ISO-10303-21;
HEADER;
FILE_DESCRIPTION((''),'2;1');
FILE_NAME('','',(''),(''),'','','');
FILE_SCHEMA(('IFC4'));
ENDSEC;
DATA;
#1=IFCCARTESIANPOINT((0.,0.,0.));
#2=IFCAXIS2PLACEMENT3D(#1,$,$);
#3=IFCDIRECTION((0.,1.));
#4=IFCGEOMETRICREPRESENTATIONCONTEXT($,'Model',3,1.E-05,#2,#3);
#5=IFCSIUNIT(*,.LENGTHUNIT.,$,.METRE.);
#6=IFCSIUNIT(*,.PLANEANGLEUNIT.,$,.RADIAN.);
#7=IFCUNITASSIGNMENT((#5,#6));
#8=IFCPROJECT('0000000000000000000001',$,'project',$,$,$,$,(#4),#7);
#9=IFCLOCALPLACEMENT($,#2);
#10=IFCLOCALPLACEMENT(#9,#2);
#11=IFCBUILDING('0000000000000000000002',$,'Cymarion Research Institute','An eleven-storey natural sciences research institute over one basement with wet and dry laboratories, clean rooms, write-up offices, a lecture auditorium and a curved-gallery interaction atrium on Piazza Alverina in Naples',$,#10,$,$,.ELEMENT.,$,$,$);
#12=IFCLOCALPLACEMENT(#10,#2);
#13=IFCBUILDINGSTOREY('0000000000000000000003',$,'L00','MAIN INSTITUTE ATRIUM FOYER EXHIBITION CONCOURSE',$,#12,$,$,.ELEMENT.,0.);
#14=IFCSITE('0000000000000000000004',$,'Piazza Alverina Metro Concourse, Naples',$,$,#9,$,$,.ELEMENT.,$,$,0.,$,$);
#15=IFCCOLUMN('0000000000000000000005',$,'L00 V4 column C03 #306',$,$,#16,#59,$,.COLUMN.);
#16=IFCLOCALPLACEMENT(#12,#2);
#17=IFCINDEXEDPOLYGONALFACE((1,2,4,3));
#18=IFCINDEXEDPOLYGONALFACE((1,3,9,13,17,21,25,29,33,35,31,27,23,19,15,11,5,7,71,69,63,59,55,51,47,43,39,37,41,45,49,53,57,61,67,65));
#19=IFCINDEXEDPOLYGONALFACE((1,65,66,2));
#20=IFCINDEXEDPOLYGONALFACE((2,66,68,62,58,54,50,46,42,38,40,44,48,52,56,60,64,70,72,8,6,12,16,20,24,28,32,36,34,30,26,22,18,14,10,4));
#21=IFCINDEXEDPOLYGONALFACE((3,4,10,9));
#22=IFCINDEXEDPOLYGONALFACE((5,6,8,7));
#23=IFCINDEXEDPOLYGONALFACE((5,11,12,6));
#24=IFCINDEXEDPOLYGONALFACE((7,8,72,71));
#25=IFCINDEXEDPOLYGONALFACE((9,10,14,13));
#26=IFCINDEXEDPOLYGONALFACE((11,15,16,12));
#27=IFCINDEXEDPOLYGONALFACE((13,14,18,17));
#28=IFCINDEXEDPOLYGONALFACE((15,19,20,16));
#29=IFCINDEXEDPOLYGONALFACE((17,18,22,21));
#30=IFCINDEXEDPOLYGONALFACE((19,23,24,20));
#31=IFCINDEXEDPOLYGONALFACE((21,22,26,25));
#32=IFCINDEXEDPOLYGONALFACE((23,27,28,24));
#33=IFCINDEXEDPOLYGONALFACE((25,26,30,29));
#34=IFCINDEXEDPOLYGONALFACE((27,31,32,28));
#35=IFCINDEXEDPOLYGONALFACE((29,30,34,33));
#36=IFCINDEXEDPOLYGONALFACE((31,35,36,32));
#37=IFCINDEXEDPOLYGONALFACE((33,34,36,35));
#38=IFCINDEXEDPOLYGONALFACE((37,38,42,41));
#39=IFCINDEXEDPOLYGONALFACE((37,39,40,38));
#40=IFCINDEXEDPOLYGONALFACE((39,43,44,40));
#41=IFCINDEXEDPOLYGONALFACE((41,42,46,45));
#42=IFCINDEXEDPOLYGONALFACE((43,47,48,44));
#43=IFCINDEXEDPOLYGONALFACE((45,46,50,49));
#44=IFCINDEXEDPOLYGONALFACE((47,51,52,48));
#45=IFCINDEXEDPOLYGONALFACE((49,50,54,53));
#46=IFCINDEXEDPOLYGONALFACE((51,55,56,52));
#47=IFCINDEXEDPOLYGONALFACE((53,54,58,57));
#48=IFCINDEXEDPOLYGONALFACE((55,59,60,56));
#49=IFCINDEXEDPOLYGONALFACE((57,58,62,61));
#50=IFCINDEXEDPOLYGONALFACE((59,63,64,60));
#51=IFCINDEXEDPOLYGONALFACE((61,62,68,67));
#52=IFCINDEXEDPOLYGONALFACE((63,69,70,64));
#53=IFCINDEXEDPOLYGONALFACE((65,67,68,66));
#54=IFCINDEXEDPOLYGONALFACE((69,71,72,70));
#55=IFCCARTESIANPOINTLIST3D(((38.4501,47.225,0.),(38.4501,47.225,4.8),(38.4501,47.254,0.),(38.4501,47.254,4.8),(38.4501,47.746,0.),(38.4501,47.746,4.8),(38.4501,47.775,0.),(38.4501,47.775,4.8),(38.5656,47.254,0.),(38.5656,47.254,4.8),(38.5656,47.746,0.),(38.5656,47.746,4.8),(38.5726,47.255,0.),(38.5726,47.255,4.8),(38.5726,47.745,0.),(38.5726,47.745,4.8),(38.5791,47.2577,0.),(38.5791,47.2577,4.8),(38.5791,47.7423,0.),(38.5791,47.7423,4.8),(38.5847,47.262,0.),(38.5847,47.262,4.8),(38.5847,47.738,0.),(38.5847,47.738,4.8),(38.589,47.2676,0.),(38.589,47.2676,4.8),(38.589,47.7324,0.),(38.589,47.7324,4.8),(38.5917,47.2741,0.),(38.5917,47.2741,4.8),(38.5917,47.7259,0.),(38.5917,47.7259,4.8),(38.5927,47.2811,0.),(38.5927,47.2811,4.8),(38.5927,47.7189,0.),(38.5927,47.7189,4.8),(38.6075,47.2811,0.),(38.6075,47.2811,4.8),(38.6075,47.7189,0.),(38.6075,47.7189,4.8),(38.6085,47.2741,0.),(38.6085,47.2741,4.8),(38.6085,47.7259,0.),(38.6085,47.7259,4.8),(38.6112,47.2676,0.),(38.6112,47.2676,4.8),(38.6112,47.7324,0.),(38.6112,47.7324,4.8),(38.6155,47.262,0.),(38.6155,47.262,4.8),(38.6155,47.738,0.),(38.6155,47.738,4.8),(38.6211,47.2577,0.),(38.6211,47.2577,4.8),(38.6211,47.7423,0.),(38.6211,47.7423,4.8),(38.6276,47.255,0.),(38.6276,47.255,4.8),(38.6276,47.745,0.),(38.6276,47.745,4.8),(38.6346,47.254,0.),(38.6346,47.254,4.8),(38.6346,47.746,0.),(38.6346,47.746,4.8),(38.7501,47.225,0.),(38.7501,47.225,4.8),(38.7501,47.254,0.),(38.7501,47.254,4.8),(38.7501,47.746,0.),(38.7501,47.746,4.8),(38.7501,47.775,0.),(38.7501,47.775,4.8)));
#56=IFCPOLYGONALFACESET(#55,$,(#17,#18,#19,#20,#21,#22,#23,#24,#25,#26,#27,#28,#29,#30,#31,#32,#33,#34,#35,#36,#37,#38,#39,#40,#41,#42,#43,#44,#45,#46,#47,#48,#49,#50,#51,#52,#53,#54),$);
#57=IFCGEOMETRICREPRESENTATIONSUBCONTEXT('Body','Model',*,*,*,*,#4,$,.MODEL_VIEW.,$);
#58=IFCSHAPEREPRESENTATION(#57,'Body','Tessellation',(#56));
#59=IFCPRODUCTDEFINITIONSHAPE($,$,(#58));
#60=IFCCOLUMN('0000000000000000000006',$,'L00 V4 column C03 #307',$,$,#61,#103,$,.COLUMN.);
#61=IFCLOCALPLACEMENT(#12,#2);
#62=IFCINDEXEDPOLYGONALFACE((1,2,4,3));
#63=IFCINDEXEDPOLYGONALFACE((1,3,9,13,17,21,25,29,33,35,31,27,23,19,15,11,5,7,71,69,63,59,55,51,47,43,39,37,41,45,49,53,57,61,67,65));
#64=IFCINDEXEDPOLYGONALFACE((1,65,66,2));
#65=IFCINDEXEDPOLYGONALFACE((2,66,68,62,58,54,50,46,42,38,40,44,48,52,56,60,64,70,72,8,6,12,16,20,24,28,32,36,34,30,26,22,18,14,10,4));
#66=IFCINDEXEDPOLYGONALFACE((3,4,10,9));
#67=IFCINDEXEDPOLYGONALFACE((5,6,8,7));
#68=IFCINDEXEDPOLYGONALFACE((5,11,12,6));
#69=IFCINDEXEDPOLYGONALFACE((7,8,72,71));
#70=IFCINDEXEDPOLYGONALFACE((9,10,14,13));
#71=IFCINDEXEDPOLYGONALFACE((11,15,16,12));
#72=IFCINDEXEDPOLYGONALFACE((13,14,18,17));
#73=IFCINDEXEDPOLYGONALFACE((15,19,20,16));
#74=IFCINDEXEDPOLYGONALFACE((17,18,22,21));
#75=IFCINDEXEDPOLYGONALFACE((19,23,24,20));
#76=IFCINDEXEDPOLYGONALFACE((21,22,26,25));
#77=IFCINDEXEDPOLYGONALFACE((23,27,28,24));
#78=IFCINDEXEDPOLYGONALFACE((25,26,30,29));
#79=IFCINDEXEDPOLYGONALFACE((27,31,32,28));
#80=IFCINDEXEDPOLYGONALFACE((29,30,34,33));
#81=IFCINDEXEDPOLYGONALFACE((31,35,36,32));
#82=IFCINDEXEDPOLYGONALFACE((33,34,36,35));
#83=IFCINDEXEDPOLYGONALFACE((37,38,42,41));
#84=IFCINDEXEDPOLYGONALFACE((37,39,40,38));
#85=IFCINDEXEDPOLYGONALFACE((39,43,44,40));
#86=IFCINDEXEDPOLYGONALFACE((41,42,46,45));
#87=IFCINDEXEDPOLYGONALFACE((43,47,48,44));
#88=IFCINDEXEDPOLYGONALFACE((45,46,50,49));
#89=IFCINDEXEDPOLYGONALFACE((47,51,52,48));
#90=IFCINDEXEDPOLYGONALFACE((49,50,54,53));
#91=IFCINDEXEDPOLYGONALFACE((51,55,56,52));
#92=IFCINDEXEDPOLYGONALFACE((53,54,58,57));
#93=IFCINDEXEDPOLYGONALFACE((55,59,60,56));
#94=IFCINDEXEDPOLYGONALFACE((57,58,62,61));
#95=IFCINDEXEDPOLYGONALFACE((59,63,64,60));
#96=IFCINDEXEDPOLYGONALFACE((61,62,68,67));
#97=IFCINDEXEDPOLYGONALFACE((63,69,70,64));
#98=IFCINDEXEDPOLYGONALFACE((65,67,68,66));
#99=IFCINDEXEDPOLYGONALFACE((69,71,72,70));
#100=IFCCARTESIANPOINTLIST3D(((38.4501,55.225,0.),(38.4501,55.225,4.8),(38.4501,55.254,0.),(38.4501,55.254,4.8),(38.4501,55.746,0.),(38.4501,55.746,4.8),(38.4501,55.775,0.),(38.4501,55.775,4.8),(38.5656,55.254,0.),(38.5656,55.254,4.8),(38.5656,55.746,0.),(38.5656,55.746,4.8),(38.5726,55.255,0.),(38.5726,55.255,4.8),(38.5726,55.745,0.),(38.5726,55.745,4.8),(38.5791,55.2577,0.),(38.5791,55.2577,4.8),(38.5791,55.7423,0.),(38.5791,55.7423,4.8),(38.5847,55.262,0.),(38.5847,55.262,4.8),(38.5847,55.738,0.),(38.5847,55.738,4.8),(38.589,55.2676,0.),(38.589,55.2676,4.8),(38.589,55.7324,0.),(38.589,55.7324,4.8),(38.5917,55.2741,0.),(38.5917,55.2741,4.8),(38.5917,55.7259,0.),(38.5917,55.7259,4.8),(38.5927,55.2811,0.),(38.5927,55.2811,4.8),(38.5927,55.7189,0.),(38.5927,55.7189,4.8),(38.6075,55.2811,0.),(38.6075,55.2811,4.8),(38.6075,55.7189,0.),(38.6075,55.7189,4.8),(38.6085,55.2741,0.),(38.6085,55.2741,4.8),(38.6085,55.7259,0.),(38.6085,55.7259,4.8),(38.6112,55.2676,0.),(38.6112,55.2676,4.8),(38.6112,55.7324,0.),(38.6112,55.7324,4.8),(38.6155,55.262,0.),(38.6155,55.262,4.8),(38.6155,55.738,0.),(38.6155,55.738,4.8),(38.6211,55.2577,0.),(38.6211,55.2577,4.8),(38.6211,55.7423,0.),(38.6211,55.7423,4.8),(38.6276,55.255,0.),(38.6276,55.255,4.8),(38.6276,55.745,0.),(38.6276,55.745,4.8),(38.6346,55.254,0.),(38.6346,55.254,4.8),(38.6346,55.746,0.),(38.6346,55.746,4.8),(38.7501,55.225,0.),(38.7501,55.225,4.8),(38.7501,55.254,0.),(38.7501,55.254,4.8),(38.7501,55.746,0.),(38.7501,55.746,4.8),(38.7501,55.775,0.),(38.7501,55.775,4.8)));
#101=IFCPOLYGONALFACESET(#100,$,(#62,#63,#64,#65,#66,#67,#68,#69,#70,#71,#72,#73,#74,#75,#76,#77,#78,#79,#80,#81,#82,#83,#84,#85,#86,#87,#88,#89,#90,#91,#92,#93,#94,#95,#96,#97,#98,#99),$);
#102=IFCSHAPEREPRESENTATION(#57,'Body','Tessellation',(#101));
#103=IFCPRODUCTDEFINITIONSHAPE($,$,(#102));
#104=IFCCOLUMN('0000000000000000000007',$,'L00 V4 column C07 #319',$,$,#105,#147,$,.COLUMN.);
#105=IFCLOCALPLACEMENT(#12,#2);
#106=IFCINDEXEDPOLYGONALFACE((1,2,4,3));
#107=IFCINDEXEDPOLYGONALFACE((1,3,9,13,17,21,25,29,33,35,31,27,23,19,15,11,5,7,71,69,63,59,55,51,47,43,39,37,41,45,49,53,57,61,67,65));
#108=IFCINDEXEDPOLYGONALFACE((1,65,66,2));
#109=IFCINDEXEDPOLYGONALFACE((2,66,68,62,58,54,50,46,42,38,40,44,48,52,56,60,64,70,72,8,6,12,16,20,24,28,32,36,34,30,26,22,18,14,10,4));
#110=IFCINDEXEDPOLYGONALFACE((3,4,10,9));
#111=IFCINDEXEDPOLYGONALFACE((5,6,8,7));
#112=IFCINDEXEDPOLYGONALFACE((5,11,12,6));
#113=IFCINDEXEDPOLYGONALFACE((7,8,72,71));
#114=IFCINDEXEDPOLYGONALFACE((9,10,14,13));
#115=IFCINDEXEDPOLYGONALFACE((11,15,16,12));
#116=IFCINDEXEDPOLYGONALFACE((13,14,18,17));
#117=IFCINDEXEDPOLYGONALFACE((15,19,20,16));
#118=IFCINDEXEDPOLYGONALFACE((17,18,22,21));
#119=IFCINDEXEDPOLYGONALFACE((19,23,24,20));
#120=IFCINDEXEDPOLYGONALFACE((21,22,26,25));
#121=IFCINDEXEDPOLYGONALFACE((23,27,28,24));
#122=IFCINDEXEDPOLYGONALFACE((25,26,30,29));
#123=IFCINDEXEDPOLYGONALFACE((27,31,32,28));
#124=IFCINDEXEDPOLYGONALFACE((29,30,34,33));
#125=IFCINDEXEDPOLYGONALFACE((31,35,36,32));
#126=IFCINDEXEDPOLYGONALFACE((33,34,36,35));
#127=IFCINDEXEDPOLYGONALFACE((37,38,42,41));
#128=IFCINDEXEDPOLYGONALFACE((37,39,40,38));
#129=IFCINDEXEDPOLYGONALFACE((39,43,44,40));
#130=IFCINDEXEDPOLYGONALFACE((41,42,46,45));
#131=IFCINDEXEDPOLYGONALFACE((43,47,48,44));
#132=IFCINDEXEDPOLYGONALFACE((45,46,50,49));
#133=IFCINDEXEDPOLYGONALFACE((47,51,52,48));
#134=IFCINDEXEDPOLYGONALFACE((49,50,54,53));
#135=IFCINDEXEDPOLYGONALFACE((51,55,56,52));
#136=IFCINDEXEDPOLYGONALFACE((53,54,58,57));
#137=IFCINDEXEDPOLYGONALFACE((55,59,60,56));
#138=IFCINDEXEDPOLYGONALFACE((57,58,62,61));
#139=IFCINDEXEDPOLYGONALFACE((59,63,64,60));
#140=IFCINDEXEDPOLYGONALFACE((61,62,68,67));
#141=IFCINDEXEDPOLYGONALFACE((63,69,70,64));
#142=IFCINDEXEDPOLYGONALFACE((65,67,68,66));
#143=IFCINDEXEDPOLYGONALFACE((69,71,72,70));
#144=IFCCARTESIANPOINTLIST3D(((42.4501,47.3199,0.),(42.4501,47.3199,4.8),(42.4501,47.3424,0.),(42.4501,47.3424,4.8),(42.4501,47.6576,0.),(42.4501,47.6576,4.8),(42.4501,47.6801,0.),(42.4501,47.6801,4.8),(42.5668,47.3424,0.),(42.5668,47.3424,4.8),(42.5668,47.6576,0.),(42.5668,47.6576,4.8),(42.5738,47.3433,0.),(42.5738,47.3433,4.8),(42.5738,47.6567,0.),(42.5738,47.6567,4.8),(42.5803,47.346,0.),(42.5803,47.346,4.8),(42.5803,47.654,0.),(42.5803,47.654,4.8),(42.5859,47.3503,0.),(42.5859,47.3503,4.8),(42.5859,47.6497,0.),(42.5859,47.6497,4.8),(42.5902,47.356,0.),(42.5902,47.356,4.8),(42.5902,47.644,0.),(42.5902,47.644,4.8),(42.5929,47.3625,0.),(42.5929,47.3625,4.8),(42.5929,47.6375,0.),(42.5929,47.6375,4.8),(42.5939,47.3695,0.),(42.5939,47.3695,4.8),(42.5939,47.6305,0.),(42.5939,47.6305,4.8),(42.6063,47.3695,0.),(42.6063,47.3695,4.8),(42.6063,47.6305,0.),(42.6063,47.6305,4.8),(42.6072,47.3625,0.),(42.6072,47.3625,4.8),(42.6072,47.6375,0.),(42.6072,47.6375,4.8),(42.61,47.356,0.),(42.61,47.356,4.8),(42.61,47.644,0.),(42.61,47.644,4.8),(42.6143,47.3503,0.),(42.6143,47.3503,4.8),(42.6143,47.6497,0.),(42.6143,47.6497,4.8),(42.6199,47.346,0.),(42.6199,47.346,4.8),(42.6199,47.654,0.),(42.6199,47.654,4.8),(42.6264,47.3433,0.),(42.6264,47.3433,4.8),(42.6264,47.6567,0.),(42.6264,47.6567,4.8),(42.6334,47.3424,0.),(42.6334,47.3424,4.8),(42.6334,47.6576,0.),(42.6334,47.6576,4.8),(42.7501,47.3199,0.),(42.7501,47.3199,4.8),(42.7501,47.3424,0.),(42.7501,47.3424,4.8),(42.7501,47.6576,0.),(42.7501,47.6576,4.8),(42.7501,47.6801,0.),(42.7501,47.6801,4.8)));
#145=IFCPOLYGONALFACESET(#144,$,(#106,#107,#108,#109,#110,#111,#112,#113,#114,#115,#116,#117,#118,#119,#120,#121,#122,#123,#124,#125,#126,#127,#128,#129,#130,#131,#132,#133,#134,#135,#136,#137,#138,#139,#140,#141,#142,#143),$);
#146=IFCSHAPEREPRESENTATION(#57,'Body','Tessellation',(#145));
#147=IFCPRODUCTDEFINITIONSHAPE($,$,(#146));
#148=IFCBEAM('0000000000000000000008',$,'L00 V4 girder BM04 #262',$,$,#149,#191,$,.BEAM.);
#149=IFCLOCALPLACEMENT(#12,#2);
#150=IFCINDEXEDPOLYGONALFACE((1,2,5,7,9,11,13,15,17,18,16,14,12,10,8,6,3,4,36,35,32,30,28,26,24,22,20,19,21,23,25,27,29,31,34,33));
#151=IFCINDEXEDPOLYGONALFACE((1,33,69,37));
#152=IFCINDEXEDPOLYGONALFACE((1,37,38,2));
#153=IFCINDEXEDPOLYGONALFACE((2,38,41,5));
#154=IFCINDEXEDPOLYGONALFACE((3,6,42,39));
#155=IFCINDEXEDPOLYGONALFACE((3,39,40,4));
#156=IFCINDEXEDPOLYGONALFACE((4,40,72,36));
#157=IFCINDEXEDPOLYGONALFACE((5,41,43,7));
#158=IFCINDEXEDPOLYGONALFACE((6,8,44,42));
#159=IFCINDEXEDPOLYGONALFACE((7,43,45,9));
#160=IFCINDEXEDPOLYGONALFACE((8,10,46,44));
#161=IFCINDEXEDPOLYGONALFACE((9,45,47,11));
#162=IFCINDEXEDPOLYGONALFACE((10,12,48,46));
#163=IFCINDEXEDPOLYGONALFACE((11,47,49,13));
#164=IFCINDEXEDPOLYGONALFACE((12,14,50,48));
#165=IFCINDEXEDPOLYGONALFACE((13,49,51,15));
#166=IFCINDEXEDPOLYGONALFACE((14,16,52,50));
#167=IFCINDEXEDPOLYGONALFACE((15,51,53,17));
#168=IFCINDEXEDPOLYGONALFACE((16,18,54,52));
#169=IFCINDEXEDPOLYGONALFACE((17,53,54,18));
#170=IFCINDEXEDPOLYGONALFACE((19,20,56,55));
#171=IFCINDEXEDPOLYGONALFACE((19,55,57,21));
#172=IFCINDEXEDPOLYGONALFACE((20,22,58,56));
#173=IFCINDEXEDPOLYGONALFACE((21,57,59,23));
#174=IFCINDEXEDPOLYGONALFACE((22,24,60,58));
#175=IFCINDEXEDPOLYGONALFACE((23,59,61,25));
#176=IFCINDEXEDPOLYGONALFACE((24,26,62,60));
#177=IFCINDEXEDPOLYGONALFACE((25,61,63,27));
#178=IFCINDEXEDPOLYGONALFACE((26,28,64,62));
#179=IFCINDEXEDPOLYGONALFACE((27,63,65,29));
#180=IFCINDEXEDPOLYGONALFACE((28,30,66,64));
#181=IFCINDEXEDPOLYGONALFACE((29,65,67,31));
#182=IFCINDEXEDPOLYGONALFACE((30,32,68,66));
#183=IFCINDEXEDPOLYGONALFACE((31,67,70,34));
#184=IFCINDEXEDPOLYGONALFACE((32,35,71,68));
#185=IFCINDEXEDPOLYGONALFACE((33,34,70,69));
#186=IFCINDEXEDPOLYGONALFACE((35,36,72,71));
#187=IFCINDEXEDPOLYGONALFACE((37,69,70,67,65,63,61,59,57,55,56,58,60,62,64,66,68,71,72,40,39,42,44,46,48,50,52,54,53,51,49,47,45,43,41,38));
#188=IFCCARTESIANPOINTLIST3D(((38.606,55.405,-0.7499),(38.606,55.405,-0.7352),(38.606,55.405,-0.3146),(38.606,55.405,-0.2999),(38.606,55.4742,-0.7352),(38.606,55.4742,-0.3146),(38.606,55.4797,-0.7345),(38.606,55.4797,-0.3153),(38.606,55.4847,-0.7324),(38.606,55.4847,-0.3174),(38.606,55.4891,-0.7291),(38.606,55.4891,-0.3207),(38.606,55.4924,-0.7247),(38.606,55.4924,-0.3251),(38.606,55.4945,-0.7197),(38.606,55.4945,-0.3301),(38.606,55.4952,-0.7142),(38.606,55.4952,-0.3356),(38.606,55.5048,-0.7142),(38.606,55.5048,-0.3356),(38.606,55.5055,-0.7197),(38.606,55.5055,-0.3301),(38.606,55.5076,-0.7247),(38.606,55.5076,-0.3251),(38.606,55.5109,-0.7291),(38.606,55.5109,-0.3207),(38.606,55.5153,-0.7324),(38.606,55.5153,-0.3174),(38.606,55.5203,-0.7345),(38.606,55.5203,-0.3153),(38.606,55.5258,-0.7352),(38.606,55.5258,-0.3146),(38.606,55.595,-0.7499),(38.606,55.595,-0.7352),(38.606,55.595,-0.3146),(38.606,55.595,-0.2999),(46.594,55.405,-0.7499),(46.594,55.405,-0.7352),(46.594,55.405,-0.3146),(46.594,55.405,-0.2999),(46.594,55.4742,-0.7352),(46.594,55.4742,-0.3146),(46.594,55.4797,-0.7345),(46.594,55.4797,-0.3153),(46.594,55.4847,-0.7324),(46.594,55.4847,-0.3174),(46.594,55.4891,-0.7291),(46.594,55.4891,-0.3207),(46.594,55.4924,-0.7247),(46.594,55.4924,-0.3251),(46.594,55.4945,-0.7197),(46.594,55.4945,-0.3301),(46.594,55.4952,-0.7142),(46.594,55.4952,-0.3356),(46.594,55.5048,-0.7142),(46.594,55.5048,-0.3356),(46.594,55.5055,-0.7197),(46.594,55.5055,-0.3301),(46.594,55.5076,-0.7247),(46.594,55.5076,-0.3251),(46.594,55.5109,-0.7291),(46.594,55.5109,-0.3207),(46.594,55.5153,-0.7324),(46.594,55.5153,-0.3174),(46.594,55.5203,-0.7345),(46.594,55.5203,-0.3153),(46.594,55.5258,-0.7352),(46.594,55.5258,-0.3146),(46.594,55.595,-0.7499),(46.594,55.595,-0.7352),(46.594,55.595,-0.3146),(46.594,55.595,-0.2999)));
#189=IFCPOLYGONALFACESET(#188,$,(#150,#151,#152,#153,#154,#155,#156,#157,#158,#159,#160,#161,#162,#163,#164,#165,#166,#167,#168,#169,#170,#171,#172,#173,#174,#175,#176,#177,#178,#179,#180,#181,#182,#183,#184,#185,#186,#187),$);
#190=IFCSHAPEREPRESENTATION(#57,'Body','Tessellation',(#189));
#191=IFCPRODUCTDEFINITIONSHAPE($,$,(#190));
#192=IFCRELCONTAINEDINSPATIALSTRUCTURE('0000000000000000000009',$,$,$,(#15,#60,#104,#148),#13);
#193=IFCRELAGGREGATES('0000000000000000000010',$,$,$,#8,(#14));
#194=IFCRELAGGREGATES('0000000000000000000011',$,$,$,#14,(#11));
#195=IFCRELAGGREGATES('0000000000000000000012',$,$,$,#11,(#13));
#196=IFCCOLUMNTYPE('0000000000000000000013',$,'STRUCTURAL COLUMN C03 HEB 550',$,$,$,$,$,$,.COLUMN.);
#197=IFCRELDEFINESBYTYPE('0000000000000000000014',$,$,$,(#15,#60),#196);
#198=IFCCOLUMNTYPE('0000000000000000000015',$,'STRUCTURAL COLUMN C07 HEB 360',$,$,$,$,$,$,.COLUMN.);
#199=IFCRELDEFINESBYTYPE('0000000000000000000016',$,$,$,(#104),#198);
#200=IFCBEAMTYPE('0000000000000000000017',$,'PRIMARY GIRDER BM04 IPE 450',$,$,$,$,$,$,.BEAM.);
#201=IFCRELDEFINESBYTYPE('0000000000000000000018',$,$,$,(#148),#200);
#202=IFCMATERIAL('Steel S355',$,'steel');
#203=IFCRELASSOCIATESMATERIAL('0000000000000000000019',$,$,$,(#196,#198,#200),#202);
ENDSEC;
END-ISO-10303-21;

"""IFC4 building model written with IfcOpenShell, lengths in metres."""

from ifc_helpers import new_model, si_unit, direction, frame, origin, origin_2d, place, context, subcontext, project, spatial, i_section, extrude, material, material_profile, profile_set, type_object, element, save


model = new_model("IFC4")

# Units and contexts
model_context = context("Model", 3, precision=1e-05, world=origin(), true_north=direction((0.0, 1.0)))
body_context = subcontext(model_context, "Body", "Model", "MODEL_VIEW")
ifc_project = project(units=[si_unit("LENGTHUNIT", "METRE"), si_unit("PLANEANGLEUNIT", "RADIAN")], contexts=[model_context])

# Site, building, storey
site_placement = place(None, origin())
site = spatial("IfcSite", under=ifc_project, at=site_placement, Name="Piazza Alverina Metro Concourse, Naples", CompositionType="ELEMENT", RefElevation=0.0)
building_placement = place(site_placement, origin())
building = spatial("IfcBuilding", under=site, at=building_placement, Name="Cymarion Research Institute", Description="An eleven-storey natural sciences research institute over one basement with wet and dry laboratories, clean rooms, write-up offices, a lecture auditorium and a curved-gallery interaction atrium on Piazza Alverina in Naples", CompositionType="ELEMENT")
storey_placement = place(building_placement, origin())
storey = spatial("IfcBuildingStorey", under=building, at=storey_placement, Name="L00", Description="MAIN INSTITUTE ATRIUM FOYER EXHIBITION CONCOURSE", CompositionType="ELEMENT", Elevation=0.0)

# Columns
ifc_material_1 = material(Name="Steel S355", Category="steel")
ifc_material_profile_1 = material_profile(ifc_material_1, i_section(OverallWidth=0.3, OverallDepth=0.55, WebThickness=0.0149, FlangeThickness=0.0291, FilletRadius=0.0271, at=origin_2d()), Name="HEB 550")
ifc_profile_set_1 = profile_set([ifc_material_profile_1], Name="Steel S355")
column_type_1 = type_object("IfcColumnType", Name="STRUCTURAL COLUMN C03 HEB 550", PredefinedType="COLUMN", material=ifc_profile_set_1)
for number, where, z_axis, x_axis, name in (
    (1, (38.6001, 47.5, 0.0), (0.0, 0.0, 1.0), (1.0, 0.0, 0.0), "L00 V4 column C03 #306"),
    (2, (38.6001, 55.5, 0.0), (0.0, 0.0, 1.0), (1.0, 0.0, 0.0), "L00 V4 column C03 #307"),
):
    element("IfcColumn", number, at=place(storey_placement, frame(where, z_axis=z_axis, x_axis=x_axis)), inside=storey, type_object=column_type_1, Name=name, PredefinedType="COLUMN", context=body_context, shape_type="SweptSolid", body=[
        extrude(i_section(OverallWidth=0.3, OverallDepth=0.55, WebThickness=0.0149, FlangeThickness=0.0291, FilletRadius=0.0271, at=origin_2d()), origin(), (0.0, 0.0, 1.0), 4.8),
    ])
ifc_material_profile_2 = material_profile(ifc_material_1, i_section(OverallWidth=0.3, OverallDepth=0.3601, WebThickness=0.0125, FlangeThickness=0.0225, FilletRadius=0.0271, at=origin_2d()), Name="HEB 360")
ifc_profile_set_2 = profile_set([ifc_material_profile_2], Name="Steel S355")
column_type_2 = type_object("IfcColumnType", Name="STRUCTURAL COLUMN C07 HEB 360", PredefinedType="COLUMN", material=ifc_profile_set_2)
column_placement = place(storey_placement, frame((42.6001, 47.5, 0.0), z_axis=(0.0, 0.0, 1.0), x_axis=(1.0, 0.0, 0.0)))
element("IfcColumn", 3, at=column_placement, inside=storey, type_object=column_type_2, Name="L00 V4 column C07 #319", PredefinedType="COLUMN", context=body_context, shape_type="SweptSolid", body=[
    extrude(i_section(OverallWidth=0.3, OverallDepth=0.3601, WebThickness=0.0125, FlangeThickness=0.0225, FilletRadius=0.0271, at=origin_2d()), origin(), (0.0, 0.0, 1.0), 4.8),
])

# Beam
ifc_material_profile_3 = material_profile(ifc_material_1, i_section(OverallWidth=0.1899, OverallDepth=0.45, WebThickness=0.0095, FlangeThickness=0.0146, FilletRadius=0.021, at=origin_2d()), Name="IPE 450")
ifc_profile_set_3 = profile_set([ifc_material_profile_3], Name="Steel S355")
beam_type = type_object("IfcBeamType", Name="PRIMARY GIRDER BM04 IPE 450", PredefinedType="BEAM", material=ifc_profile_set_3)
beam_placement = place(storey_placement, frame((38.606, 55.5, -0.5249), z_axis=(1.0, 0.0, 0.0), x_axis=(0.0, 1.0, 0.0)))
element("IfcBeam", 4, at=beam_placement, inside=storey, type_object=beam_type, Name="L00 V4 girder BM04 #262", PredefinedType="BEAM", context=body_context, shape_type="SweptSolid", body=[
    extrude(i_section(OverallWidth=0.1899, OverallDepth=0.45, WebThickness=0.0095, FlangeThickness=0.0146, FilletRadius=0.021, at=origin_2d()), origin(), (0.0, 0.0, 1.0), 7.988),
])

save(model, "model.ifc")
